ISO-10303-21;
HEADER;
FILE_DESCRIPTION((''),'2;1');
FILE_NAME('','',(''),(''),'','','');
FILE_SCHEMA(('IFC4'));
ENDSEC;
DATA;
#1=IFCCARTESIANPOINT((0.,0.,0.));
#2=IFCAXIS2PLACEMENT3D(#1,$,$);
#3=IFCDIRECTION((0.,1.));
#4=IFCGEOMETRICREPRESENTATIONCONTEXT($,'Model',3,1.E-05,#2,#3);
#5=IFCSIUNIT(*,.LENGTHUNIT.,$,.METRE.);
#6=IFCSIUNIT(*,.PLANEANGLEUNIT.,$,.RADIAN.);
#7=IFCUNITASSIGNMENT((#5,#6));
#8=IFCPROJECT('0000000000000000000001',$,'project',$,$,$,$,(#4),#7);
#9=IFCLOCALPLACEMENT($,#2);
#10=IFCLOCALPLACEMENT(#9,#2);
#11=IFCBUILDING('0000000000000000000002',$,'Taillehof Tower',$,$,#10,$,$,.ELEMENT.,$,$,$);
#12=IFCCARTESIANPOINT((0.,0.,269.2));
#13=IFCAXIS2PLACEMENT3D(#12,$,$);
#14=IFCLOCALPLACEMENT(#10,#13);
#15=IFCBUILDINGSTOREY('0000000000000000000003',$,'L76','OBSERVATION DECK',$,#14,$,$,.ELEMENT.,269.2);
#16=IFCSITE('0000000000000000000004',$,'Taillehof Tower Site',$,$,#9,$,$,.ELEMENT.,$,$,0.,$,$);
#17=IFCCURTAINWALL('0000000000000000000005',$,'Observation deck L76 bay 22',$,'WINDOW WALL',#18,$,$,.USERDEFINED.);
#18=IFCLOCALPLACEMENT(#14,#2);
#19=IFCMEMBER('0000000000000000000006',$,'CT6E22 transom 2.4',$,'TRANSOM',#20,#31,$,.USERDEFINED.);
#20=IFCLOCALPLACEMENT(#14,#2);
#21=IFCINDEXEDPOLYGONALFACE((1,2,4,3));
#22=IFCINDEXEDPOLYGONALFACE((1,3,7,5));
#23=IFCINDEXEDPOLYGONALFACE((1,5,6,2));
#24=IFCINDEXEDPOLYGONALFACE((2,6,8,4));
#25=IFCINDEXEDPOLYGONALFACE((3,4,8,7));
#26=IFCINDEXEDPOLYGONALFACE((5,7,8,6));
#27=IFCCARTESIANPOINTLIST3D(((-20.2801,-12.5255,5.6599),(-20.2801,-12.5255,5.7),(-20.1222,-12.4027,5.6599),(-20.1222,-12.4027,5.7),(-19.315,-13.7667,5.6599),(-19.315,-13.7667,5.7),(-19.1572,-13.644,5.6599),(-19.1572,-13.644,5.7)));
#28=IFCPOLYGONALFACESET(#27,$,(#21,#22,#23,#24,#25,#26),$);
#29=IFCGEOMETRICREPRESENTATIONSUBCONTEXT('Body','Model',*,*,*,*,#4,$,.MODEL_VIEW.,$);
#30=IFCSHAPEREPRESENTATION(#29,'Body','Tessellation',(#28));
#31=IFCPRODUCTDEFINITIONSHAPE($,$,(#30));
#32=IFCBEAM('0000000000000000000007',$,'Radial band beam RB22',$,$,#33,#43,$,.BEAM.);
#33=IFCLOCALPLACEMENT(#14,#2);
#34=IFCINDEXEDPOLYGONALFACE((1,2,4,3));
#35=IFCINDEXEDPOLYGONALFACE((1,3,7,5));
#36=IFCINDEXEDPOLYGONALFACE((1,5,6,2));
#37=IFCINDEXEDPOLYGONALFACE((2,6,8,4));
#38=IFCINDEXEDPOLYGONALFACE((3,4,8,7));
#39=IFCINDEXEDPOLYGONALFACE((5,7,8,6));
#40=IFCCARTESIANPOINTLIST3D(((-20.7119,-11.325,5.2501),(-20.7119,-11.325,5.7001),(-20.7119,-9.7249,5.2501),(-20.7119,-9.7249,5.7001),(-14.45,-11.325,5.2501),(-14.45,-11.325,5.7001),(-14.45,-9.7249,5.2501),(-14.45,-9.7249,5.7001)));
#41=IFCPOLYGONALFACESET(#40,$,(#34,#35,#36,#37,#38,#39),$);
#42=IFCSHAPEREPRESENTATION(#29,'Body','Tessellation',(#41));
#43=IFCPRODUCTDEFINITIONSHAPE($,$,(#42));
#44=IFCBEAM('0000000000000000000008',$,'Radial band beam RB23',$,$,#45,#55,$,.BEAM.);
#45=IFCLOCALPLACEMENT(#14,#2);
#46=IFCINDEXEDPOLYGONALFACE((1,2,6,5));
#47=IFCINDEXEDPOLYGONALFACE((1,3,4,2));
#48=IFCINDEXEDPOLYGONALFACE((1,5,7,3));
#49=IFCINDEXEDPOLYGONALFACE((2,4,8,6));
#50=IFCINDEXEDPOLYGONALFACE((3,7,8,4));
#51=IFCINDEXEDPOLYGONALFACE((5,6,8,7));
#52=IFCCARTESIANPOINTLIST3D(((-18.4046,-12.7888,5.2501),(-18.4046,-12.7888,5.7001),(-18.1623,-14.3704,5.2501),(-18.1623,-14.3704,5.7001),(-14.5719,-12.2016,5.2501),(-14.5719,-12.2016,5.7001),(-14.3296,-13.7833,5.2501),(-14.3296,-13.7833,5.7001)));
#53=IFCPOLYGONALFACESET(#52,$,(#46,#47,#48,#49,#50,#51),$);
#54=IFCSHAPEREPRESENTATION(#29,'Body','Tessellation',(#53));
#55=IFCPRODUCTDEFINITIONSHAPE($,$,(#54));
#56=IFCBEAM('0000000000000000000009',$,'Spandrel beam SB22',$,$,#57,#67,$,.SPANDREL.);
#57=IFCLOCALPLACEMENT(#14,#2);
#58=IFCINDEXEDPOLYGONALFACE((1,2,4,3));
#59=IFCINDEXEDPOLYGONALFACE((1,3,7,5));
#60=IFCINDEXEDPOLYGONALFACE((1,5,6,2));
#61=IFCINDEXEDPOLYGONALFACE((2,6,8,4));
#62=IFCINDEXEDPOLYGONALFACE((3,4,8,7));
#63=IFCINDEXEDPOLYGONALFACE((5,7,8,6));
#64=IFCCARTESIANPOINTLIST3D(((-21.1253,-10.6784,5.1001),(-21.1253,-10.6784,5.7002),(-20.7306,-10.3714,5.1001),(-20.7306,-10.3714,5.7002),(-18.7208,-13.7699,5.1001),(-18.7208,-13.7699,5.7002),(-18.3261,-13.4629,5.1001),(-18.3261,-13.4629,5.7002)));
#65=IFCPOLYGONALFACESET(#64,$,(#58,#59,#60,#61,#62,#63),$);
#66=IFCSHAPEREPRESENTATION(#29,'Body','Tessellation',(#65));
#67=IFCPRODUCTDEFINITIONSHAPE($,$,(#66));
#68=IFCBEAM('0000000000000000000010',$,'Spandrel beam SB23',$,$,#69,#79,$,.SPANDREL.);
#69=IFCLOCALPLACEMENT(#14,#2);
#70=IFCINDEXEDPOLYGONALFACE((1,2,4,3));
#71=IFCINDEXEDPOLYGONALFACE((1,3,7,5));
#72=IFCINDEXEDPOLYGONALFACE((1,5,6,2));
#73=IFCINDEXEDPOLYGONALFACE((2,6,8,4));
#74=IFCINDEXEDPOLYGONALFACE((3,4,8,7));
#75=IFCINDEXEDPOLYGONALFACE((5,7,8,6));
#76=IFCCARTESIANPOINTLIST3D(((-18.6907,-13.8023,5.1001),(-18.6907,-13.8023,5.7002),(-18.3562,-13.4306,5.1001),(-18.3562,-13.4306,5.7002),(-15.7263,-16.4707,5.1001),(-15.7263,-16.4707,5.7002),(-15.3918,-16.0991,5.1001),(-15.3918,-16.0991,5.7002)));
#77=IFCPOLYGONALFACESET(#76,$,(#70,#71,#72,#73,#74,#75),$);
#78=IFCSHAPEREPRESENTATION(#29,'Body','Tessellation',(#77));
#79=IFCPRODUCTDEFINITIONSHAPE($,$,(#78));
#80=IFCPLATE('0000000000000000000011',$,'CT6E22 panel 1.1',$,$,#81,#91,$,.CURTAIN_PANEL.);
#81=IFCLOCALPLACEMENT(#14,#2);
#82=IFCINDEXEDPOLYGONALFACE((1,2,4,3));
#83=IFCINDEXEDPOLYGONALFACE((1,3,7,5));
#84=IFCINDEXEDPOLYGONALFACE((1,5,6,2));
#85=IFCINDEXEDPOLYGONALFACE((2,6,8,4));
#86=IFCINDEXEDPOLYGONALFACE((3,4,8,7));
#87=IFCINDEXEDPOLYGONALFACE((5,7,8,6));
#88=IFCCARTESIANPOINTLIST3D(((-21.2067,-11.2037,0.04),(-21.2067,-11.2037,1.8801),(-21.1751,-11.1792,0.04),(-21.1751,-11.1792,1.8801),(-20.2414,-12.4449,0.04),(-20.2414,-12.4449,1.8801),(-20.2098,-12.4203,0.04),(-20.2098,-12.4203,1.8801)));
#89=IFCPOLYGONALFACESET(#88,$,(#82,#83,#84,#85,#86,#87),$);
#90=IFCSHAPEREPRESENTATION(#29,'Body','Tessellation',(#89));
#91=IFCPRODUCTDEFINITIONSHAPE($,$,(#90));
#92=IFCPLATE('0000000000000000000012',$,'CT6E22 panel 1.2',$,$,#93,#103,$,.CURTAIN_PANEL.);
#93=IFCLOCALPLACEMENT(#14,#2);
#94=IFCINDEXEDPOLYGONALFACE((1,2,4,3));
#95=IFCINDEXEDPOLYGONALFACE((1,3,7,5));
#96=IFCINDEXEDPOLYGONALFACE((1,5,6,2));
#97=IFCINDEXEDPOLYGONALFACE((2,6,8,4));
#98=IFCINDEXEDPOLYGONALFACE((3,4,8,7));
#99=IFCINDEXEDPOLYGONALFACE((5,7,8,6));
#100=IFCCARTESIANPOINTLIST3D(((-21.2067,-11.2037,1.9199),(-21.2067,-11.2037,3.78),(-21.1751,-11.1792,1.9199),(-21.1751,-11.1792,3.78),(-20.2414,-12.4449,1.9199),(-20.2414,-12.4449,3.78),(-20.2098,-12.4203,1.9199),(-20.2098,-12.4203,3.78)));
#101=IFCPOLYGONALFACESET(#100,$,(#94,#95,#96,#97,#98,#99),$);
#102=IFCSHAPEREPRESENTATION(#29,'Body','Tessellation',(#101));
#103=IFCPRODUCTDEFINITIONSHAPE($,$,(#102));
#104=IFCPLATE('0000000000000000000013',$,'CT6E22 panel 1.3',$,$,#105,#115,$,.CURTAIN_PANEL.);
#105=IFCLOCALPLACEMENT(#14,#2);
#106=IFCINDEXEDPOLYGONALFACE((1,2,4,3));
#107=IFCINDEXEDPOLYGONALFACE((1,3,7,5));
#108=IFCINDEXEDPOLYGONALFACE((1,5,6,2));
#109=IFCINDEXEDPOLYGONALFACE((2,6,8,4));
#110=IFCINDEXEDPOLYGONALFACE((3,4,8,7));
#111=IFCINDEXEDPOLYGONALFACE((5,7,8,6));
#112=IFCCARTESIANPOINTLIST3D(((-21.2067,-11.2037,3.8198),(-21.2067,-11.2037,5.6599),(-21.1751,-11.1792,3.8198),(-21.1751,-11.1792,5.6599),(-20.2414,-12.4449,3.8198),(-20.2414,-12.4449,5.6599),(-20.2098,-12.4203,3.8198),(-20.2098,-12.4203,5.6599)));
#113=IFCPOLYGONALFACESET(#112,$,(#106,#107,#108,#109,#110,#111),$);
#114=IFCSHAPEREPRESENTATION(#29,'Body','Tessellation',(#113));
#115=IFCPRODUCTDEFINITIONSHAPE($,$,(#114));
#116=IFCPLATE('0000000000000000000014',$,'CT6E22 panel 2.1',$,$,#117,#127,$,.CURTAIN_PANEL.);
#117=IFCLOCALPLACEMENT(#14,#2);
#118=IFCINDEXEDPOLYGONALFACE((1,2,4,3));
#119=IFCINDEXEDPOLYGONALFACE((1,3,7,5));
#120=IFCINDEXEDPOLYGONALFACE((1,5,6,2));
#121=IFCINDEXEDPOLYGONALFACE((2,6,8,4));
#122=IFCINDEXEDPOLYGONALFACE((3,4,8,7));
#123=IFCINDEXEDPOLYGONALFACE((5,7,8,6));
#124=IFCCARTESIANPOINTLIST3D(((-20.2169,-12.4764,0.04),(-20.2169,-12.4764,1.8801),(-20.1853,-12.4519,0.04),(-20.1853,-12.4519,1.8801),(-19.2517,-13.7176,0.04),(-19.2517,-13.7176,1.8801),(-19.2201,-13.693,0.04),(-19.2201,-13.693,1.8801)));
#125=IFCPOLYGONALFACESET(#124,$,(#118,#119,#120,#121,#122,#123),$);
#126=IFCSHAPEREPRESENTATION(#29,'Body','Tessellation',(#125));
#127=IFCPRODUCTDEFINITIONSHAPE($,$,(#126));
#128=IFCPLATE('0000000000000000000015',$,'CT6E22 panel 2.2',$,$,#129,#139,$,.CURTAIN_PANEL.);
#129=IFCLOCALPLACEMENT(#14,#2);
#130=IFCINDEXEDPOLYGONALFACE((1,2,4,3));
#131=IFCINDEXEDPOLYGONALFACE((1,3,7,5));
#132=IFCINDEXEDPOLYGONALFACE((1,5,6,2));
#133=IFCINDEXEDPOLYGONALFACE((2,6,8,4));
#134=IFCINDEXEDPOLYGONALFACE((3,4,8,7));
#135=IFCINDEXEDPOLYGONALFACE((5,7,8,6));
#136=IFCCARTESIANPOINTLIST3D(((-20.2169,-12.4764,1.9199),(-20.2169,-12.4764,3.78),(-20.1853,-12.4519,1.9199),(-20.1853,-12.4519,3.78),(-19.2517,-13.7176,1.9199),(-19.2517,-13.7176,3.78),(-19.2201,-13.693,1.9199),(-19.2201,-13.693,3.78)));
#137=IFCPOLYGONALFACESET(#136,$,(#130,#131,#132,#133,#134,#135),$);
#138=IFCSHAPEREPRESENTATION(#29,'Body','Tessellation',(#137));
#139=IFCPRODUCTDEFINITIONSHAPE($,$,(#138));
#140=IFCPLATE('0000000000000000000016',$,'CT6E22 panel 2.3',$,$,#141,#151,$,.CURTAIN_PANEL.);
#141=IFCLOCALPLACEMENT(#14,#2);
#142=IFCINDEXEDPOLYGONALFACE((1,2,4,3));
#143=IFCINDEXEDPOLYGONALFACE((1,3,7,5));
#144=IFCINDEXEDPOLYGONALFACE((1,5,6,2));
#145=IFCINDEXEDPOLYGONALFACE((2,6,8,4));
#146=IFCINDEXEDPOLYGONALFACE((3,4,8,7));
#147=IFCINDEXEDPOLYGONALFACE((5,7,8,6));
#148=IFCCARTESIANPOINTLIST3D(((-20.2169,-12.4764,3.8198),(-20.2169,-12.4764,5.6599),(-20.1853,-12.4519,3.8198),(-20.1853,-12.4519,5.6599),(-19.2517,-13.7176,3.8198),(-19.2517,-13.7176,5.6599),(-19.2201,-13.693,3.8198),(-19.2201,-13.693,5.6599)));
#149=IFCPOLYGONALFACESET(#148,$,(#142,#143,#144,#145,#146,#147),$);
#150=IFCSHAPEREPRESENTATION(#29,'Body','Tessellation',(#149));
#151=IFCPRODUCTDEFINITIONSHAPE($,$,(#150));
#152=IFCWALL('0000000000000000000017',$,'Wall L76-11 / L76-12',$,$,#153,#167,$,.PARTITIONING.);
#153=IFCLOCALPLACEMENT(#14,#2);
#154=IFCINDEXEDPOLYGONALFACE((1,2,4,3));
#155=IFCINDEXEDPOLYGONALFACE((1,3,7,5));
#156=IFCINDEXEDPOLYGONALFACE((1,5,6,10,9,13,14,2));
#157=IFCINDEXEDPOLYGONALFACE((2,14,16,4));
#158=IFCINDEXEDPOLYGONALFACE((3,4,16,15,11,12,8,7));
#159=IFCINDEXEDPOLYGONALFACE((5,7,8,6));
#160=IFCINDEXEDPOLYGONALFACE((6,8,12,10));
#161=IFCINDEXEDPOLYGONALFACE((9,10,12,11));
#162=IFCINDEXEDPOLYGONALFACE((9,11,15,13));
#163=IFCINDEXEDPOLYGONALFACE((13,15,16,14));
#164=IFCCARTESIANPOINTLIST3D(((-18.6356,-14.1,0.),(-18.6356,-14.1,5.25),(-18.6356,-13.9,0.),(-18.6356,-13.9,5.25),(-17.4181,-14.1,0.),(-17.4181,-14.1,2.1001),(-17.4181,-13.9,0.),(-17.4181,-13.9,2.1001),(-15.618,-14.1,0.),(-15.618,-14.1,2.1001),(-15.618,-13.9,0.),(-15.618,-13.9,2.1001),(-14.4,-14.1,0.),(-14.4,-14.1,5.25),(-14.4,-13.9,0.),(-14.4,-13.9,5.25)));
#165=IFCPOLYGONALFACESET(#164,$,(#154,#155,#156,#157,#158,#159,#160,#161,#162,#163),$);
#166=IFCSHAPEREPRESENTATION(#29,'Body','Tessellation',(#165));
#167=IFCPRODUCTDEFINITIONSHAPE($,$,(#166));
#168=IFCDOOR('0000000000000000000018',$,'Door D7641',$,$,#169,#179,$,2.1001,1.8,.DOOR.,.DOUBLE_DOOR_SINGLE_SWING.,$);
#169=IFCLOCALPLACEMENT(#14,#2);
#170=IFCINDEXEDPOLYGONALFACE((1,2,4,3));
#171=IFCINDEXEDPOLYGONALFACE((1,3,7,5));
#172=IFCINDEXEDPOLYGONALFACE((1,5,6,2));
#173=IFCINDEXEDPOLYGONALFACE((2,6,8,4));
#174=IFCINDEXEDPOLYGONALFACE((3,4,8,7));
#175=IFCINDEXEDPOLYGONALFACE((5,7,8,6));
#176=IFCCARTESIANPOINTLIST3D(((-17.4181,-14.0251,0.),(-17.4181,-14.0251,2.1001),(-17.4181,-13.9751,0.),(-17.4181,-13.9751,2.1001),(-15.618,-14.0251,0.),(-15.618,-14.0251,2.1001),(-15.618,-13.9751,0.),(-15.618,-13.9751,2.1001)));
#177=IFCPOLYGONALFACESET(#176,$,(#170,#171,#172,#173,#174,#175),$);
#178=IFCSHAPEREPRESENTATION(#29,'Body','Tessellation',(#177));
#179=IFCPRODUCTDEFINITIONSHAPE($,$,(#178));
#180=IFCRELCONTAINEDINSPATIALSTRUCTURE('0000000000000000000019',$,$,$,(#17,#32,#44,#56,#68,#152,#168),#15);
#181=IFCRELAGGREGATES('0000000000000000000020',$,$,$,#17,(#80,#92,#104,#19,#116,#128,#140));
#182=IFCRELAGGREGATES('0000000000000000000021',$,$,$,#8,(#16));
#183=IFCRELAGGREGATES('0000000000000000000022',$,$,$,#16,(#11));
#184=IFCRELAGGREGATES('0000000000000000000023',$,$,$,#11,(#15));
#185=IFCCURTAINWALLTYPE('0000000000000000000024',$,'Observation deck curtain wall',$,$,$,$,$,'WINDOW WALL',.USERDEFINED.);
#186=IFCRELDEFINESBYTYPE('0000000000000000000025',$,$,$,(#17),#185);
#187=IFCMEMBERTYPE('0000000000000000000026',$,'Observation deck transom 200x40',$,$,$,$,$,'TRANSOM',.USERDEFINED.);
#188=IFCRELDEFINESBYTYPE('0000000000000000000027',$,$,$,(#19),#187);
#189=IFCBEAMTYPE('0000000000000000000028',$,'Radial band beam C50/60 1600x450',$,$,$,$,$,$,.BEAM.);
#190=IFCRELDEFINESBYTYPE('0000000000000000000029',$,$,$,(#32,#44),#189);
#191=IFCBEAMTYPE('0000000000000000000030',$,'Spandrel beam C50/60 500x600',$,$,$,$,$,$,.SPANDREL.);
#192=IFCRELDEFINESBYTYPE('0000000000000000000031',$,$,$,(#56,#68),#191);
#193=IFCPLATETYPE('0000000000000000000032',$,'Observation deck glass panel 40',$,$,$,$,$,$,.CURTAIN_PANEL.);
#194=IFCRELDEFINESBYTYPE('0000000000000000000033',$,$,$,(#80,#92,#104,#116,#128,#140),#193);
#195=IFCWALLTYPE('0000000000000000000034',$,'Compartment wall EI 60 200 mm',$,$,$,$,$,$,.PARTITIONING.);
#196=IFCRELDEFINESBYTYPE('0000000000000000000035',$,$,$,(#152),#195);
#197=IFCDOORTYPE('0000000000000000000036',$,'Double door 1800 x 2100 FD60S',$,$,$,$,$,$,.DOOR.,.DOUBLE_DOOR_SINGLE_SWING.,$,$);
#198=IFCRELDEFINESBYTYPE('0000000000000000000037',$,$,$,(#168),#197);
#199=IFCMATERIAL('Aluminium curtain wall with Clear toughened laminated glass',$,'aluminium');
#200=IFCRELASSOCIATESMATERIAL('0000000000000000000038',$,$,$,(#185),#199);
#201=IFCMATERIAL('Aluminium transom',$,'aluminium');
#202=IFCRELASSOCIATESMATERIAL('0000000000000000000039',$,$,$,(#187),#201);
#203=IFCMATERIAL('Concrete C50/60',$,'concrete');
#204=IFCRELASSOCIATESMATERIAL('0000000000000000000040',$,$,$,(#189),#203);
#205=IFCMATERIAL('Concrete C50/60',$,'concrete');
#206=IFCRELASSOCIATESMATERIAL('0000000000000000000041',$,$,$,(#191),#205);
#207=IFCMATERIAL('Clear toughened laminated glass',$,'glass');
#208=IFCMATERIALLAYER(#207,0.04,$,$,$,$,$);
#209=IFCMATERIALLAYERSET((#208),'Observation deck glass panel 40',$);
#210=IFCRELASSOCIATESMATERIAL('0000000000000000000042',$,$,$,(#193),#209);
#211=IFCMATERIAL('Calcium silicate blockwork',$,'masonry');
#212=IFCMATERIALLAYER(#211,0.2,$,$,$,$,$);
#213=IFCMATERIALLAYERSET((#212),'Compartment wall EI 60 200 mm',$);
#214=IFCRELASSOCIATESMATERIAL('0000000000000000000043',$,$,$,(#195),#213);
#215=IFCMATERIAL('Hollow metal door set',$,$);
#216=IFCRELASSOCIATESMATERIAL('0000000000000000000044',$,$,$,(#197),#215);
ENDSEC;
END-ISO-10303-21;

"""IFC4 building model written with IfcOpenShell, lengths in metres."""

from ifc_helpers import new_model, si_unit, direction, frame, frame_2d, origin, origin_2d, place, context, subcontext, project, spatial, rectangle, extrude, material, layer, layer_set, material_profile, profile_set, type_object, element, fill, aggregate, save


model = new_model("IFC4")

# Units and contexts
model_context = context("Model", 3, precision=1e-05, world=origin(), true_north=direction((0.0, 1.0)))
body_context = subcontext(model_context, "Body", "Model", "MODEL_VIEW")
ifc_project = project(units=[si_unit("LENGTHUNIT", "METRE"), si_unit("PLANEANGLEUNIT", "RADIAN")], contexts=[model_context])

# Site, building, storey
site_placement = place(None, origin())
site = spatial("IfcSite", under=ifc_project, at=site_placement, Name="Taillehof Tower Site", CompositionType="ELEMENT", RefElevation=0.0)
building_placement = place(site_placement, origin())
building = spatial("IfcBuilding", under=site, at=building_placement, Name="Taillehof Tower", CompositionType="ELEMENT")
storey_placement = place(building_placement, frame((0.0, 0.0, 269.2)))
storey = spatial("IfcBuildingStorey", under=building, at=storey_placement, Name="L76", Description="OBSERVATION DECK", CompositionType="ELEMENT", Elevation=269.2)

# Shared definitions
ifc_material_1 = material(Name="Aluminium curtain wall with Clear toughened laminated glass", Category="aluminium")
curtain_wall_type = type_object("IfcCurtainWallType", Name="Observation deck curtain wall", ElementType="WINDOW WALL", PredefinedType="USERDEFINED", material=ifc_material_1)

# Curtain wall
curtain_wall_1_placement = place(storey_placement, origin())
curtain_wall_1 = element("IfcCurtainWall", 1, at=curtain_wall_1_placement, inside=storey, type_object=curtain_wall_type, Name="Observation deck L76 bay 22", ObjectType="WINDOW WALL", PredefinedType="USERDEFINED")

# Member
ifc_material_2 = material(Name="Aluminium transom", Category="aluminium")
ifc_material_profile_1 = material_profile(ifc_material_2, rectangle(XDim=0.2, YDim=0.04, at=origin_2d()), Name="AL 200x40")
ifc_profile_set_1 = profile_set([ifc_material_profile_1], Name="Aluminium transom")
member_type_1 = type_object("IfcMemberType", Name="Observation deck transom 200x40", ElementType="TRANSOM", PredefinedType="USERDEFINED", material=ifc_profile_set_1)
member_1_placement = place(storey_placement, frame((-20.2012, -12.4641, 5.6799), z_axis=(0.613822, -0.789444, 0.0), x_axis=(0.789444, 0.613822, 0.0)))
member_1 = element("IfcMember", 2, at=member_1_placement, type_object=member_type_1, Name="CT6E22 transom 2.4", ObjectType="TRANSOM", PredefinedType="USERDEFINED", context=body_context, shape_type="SweptSolid", body=[
    extrude(rectangle(XDim=0.2, YDim=0.04, at=origin_2d()), origin(), (0.0, 0.0, 1.0), 1.5723),
])

# Beams
ifc_material_3 = material(Name="Concrete C50/60", Category="concrete")
ifc_material_profile_2 = material_profile(ifc_material_3, rectangle(XDim=1.6001, YDim=0.45, at=origin_2d()), Name="RC 1600x450")
ifc_profile_set_2 = profile_set([ifc_material_profile_2], Name="Concrete C50/60")
beam_type_1 = type_object("IfcBeamType", Name="Radial band beam C50/60 1600x450", PredefinedType="BEAM", material=ifc_profile_set_2)
beam_1_placement = place(storey_placement, frame((-20.7119, -10.5249, 5.4751), z_axis=(1.0, 0.0, 0.0), x_axis=(0.0, 1.0, 0.0)))
element("IfcBeam", 3, at=beam_1_placement, inside=storey, type_object=beam_type_1, Name="Radial band beam RB22", PredefinedType="BEAM", context=body_context, shape_type="SweptSolid", body=[
    extrude(rectangle(XDim=1.6001, YDim=0.45, at=origin_2d()), origin(), (0.0, 0.0, 1.0), 6.262),
])
beam_2_placement = place(storey_placement, frame((-18.2834, -13.5796, 5.4751), z_axis=(0.988468, 0.151428, 0.0), x_axis=(-0.151428, 0.988468, 0.0)))
element("IfcBeam", 4, at=beam_2_placement, inside=storey, type_object=beam_type_1, Name="Radial band beam RB23", PredefinedType="BEAM", context=body_context, shape_type="SweptSolid", body=[
    extrude(rectangle(XDim=1.6001, YDim=0.45, at=origin_2d()), origin(), (0.0, 0.0, 1.0), 3.8774),
])
ifc_material_4 = material(Name="Concrete C50/60", Category="concrete")
ifc_material_profile_3 = material_profile(ifc_material_4, rectangle(XDim=0.5, YDim=0.6001, at=origin_2d()), Name="RC 500x600")
ifc_profile_set_3 = profile_set([ifc_material_profile_3], Name="Concrete C50/60")
beam_type_2 = type_object("IfcBeamType", Name="Spandrel beam C50/60 500x600", PredefinedType="SPANDREL", material=ifc_profile_set_3)
beam_3_placement = place(storey_placement, frame((-20.928, -10.5249, 5.4001), z_axis=(0.613941, -0.789352, 0.0), x_axis=(0.789352, 0.613941, 0.0)))
element("IfcBeam", 5, at=beam_3_placement, inside=storey, type_object=beam_type_2, Name="Spandrel beam SB22", PredefinedType="SPANDREL", context=body_context, shape_type="SweptSolid", body=[
    extrude(rectangle(XDim=0.5, YDim=0.6001, at=origin_2d()), origin(), (0.0, 0.0, 1.0), 3.9165),
])
beam_4_placement = place(storey_placement, frame((-18.5234, -13.6165, 5.4001), z_axis=(0.743227, -0.669039, 0.0), x_axis=(0.669039, 0.743227, 0.0)))
element("IfcBeam", 6, at=beam_4_placement, inside=storey, type_object=beam_type_2, Name="Spandrel beam SB23", PredefinedType="SPANDREL", context=body_context, shape_type="SweptSolid", body=[
    extrude(rectangle(XDim=0.5, YDim=0.6001, at=origin_2d()), origin(), (0.0, 0.0, 1.0), 3.9885),
])

# Plates
ifc_material_5 = material(Name="Clear toughened laminated glass", Category="glass")
ifc_layer_1 = layer(ifc_material_5, 0.04)
ifc_layer_set_1 = layer_set([ifc_layer_1], Name="Observation deck glass panel 40")
plate_type = type_object("IfcPlateType", Name="Observation deck glass panel 40", PredefinedType="CURTAIN_PANEL", material=ifc_layer_set_1)
plate_1_placement = place(storey_placement, frame((-20.7083, -11.812, 0.04), z_axis=(0.0, 0.0, 1.0), x_axis=(0.613903, -0.789382, 0.0)))
plate_1 = element("IfcPlate", 7, at=plate_1_placement, type_object=plate_type, Name="CT6E22 panel 1.1", PredefinedType="CURTAIN_PANEL", context=body_context, shape_type="SweptSolid", body=[
    extrude(rectangle(XDim=1.5723, YDim=0.04, at=origin_2d()), origin(), (0.0, 0.0, 1.0), 1.8401),
])
plate_2_placement = place(storey_placement, frame((-20.7083, -11.812, 1.9199), z_axis=(0.0, 0.0, 1.0), x_axis=(0.613903, -0.789382, 0.0)))
plate_2 = element("IfcPlate", 8, at=plate_2_placement, type_object=plate_type, Name="CT6E22 panel 1.2", PredefinedType="CURTAIN_PANEL", context=body_context, shape_type="SweptSolid", body=[
    extrude(rectangle(XDim=1.5723, YDim=0.04, at=origin_2d()), origin(), (0.0, 0.0, 1.0), 1.8601),
])
plate_3_placement = place(storey_placement, frame((-20.7083, -11.812, 3.8198), z_axis=(0.0, 0.0, 1.0), x_axis=(0.613903, -0.789382, 0.0)))
plate_3 = element("IfcPlate", 9, at=plate_3_placement, type_object=plate_type, Name="CT6E22 panel 1.3", PredefinedType="CURTAIN_PANEL", context=body_context, shape_type="SweptSolid", body=[
    extrude(rectangle(XDim=1.5723, YDim=0.04, at=origin_2d()), origin(), (0.0, 0.0, 1.0), 1.8401),
])
plate_4_placement = place(storey_placement, frame((-19.7185, -13.0847, 0.04), z_axis=(0.0, 0.0, 1.0), x_axis=(0.613903, -0.789382, 0.0)))
plate_4 = element("IfcPlate", 10, at=plate_4_placement, type_object=plate_type, Name="CT6E22 panel 2.1", PredefinedType="CURTAIN_PANEL", context=body_context, shape_type="SweptSolid", body=[
    extrude(rectangle(XDim=1.5723, YDim=0.04, at=origin_2d()), origin(), (0.0, 0.0, 1.0), 1.8401),
])
plate_5_placement = place(storey_placement, frame((-19.7185, -13.0847, 1.9199), z_axis=(0.0, 0.0, 1.0), x_axis=(0.613903, -0.789382, 0.0)))
plate_5 = element("IfcPlate", 11, at=plate_5_placement, type_object=plate_type, Name="CT6E22 panel 2.2", PredefinedType="CURTAIN_PANEL", context=body_context, shape_type="SweptSolid", body=[
    extrude(rectangle(XDim=1.5723, YDim=0.04, at=origin_2d()), origin(), (0.0, 0.0, 1.0), 1.8601),
])
plate_6_placement = place(storey_placement, frame((-19.7185, -13.0847, 3.8198), z_axis=(0.0, 0.0, 1.0), x_axis=(0.613903, -0.789382, 0.0)))
plate_6 = element("IfcPlate", 12, at=plate_6_placement, type_object=plate_type, Name="CT6E22 panel 2.3", PredefinedType="CURTAIN_PANEL", context=body_context, shape_type="SweptSolid", body=[
    extrude(rectangle(XDim=1.5723, YDim=0.04, at=origin_2d()), origin(), (0.0, 0.0, 1.0), 1.8401),
])
aggregate(curtain_wall_1, [plate_1, plate_2, plate_3, member_1, plate_4, plate_5, plate_6])

# Wall, opening, door
ifc_material_6 = material(Name="Calcium silicate blockwork", Category="masonry")
ifc_layer_2 = layer(ifc_material_6, 0.2)
ifc_layer_set_2 = layer_set([ifc_layer_2], Name="Compartment wall EI 60 200 mm")
wall_type = type_object("IfcWallType", Name="Compartment wall EI 60 200 mm", PredefinedType="PARTITIONING", material=ifc_layer_set_2)
wall_placement = place(storey_placement, frame((-18.6355, -14.0, 0.0), z_axis=(0.0, 0.0, 1.0), x_axis=(1.0, 0.0, 0.0)))
wall = element("IfcWall", 13, at=wall_placement, inside=storey, type_object=wall_type, Name="Wall L76-11 / L76-12", PredefinedType="PARTITIONING", context=body_context, shape_type="SweptSolid", body=[
    extrude(rectangle(XDim=4.2356, YDim=0.2, at=frame_2d((2.1177, 0.0))), origin(), (0.0, 0.0, 1.0), 5.25),
])
opening_placement = place(wall_placement, frame((1.2175, 0.0, 0.0)))
opening = element("IfcOpeningElement", 14, at=opening_placement, cuts=wall, PredefinedType="OPENING", context=body_context, shape_type="SweptSolid", body=[
    extrude(rectangle(XDim=1.8, YDim=2.1001, at=frame_2d((0.8999, 1.05))), frame((0.0, 0.1099, 0.0), z_axis=(0.0, -1.0, 0.0), x_axis=(1.0, 0.0, 0.0)), (0.0, 0.0, 1.0), 0.22),
])
ifc_material_7 = material(Name="Hollow metal door set")
door_type = type_object("IfcDoorType", Name="Double door 1800 x 2100 FD60S", OperationType="DOUBLE_DOOR_SINGLE_SWING", PredefinedType="DOOR", material=ifc_material_7)
door_placement = place(opening_placement, origin())
door = element("IfcDoor", 15, at=door_placement, inside=storey, type_object=door_type, Name="Door D7641", OperationType="DOUBLE_DOOR_SINGLE_SWING", OverallHeight=2.1001, OverallWidth=1.8, PredefinedType="DOOR", context=body_context, shape_type="SweptSolid", body=[
    extrude(rectangle(XDim=1.8, YDim=2.1001, at=frame_2d((0.8999, 1.05))), frame((0.0, 0.0249, 0.0), z_axis=(0.0, -1.0, 0.0), x_axis=(1.0, 0.0, 0.0)), (0.0, 0.0, 1.0), 0.05),
])
fill(opening, door)

save(model, "model.ifc")
